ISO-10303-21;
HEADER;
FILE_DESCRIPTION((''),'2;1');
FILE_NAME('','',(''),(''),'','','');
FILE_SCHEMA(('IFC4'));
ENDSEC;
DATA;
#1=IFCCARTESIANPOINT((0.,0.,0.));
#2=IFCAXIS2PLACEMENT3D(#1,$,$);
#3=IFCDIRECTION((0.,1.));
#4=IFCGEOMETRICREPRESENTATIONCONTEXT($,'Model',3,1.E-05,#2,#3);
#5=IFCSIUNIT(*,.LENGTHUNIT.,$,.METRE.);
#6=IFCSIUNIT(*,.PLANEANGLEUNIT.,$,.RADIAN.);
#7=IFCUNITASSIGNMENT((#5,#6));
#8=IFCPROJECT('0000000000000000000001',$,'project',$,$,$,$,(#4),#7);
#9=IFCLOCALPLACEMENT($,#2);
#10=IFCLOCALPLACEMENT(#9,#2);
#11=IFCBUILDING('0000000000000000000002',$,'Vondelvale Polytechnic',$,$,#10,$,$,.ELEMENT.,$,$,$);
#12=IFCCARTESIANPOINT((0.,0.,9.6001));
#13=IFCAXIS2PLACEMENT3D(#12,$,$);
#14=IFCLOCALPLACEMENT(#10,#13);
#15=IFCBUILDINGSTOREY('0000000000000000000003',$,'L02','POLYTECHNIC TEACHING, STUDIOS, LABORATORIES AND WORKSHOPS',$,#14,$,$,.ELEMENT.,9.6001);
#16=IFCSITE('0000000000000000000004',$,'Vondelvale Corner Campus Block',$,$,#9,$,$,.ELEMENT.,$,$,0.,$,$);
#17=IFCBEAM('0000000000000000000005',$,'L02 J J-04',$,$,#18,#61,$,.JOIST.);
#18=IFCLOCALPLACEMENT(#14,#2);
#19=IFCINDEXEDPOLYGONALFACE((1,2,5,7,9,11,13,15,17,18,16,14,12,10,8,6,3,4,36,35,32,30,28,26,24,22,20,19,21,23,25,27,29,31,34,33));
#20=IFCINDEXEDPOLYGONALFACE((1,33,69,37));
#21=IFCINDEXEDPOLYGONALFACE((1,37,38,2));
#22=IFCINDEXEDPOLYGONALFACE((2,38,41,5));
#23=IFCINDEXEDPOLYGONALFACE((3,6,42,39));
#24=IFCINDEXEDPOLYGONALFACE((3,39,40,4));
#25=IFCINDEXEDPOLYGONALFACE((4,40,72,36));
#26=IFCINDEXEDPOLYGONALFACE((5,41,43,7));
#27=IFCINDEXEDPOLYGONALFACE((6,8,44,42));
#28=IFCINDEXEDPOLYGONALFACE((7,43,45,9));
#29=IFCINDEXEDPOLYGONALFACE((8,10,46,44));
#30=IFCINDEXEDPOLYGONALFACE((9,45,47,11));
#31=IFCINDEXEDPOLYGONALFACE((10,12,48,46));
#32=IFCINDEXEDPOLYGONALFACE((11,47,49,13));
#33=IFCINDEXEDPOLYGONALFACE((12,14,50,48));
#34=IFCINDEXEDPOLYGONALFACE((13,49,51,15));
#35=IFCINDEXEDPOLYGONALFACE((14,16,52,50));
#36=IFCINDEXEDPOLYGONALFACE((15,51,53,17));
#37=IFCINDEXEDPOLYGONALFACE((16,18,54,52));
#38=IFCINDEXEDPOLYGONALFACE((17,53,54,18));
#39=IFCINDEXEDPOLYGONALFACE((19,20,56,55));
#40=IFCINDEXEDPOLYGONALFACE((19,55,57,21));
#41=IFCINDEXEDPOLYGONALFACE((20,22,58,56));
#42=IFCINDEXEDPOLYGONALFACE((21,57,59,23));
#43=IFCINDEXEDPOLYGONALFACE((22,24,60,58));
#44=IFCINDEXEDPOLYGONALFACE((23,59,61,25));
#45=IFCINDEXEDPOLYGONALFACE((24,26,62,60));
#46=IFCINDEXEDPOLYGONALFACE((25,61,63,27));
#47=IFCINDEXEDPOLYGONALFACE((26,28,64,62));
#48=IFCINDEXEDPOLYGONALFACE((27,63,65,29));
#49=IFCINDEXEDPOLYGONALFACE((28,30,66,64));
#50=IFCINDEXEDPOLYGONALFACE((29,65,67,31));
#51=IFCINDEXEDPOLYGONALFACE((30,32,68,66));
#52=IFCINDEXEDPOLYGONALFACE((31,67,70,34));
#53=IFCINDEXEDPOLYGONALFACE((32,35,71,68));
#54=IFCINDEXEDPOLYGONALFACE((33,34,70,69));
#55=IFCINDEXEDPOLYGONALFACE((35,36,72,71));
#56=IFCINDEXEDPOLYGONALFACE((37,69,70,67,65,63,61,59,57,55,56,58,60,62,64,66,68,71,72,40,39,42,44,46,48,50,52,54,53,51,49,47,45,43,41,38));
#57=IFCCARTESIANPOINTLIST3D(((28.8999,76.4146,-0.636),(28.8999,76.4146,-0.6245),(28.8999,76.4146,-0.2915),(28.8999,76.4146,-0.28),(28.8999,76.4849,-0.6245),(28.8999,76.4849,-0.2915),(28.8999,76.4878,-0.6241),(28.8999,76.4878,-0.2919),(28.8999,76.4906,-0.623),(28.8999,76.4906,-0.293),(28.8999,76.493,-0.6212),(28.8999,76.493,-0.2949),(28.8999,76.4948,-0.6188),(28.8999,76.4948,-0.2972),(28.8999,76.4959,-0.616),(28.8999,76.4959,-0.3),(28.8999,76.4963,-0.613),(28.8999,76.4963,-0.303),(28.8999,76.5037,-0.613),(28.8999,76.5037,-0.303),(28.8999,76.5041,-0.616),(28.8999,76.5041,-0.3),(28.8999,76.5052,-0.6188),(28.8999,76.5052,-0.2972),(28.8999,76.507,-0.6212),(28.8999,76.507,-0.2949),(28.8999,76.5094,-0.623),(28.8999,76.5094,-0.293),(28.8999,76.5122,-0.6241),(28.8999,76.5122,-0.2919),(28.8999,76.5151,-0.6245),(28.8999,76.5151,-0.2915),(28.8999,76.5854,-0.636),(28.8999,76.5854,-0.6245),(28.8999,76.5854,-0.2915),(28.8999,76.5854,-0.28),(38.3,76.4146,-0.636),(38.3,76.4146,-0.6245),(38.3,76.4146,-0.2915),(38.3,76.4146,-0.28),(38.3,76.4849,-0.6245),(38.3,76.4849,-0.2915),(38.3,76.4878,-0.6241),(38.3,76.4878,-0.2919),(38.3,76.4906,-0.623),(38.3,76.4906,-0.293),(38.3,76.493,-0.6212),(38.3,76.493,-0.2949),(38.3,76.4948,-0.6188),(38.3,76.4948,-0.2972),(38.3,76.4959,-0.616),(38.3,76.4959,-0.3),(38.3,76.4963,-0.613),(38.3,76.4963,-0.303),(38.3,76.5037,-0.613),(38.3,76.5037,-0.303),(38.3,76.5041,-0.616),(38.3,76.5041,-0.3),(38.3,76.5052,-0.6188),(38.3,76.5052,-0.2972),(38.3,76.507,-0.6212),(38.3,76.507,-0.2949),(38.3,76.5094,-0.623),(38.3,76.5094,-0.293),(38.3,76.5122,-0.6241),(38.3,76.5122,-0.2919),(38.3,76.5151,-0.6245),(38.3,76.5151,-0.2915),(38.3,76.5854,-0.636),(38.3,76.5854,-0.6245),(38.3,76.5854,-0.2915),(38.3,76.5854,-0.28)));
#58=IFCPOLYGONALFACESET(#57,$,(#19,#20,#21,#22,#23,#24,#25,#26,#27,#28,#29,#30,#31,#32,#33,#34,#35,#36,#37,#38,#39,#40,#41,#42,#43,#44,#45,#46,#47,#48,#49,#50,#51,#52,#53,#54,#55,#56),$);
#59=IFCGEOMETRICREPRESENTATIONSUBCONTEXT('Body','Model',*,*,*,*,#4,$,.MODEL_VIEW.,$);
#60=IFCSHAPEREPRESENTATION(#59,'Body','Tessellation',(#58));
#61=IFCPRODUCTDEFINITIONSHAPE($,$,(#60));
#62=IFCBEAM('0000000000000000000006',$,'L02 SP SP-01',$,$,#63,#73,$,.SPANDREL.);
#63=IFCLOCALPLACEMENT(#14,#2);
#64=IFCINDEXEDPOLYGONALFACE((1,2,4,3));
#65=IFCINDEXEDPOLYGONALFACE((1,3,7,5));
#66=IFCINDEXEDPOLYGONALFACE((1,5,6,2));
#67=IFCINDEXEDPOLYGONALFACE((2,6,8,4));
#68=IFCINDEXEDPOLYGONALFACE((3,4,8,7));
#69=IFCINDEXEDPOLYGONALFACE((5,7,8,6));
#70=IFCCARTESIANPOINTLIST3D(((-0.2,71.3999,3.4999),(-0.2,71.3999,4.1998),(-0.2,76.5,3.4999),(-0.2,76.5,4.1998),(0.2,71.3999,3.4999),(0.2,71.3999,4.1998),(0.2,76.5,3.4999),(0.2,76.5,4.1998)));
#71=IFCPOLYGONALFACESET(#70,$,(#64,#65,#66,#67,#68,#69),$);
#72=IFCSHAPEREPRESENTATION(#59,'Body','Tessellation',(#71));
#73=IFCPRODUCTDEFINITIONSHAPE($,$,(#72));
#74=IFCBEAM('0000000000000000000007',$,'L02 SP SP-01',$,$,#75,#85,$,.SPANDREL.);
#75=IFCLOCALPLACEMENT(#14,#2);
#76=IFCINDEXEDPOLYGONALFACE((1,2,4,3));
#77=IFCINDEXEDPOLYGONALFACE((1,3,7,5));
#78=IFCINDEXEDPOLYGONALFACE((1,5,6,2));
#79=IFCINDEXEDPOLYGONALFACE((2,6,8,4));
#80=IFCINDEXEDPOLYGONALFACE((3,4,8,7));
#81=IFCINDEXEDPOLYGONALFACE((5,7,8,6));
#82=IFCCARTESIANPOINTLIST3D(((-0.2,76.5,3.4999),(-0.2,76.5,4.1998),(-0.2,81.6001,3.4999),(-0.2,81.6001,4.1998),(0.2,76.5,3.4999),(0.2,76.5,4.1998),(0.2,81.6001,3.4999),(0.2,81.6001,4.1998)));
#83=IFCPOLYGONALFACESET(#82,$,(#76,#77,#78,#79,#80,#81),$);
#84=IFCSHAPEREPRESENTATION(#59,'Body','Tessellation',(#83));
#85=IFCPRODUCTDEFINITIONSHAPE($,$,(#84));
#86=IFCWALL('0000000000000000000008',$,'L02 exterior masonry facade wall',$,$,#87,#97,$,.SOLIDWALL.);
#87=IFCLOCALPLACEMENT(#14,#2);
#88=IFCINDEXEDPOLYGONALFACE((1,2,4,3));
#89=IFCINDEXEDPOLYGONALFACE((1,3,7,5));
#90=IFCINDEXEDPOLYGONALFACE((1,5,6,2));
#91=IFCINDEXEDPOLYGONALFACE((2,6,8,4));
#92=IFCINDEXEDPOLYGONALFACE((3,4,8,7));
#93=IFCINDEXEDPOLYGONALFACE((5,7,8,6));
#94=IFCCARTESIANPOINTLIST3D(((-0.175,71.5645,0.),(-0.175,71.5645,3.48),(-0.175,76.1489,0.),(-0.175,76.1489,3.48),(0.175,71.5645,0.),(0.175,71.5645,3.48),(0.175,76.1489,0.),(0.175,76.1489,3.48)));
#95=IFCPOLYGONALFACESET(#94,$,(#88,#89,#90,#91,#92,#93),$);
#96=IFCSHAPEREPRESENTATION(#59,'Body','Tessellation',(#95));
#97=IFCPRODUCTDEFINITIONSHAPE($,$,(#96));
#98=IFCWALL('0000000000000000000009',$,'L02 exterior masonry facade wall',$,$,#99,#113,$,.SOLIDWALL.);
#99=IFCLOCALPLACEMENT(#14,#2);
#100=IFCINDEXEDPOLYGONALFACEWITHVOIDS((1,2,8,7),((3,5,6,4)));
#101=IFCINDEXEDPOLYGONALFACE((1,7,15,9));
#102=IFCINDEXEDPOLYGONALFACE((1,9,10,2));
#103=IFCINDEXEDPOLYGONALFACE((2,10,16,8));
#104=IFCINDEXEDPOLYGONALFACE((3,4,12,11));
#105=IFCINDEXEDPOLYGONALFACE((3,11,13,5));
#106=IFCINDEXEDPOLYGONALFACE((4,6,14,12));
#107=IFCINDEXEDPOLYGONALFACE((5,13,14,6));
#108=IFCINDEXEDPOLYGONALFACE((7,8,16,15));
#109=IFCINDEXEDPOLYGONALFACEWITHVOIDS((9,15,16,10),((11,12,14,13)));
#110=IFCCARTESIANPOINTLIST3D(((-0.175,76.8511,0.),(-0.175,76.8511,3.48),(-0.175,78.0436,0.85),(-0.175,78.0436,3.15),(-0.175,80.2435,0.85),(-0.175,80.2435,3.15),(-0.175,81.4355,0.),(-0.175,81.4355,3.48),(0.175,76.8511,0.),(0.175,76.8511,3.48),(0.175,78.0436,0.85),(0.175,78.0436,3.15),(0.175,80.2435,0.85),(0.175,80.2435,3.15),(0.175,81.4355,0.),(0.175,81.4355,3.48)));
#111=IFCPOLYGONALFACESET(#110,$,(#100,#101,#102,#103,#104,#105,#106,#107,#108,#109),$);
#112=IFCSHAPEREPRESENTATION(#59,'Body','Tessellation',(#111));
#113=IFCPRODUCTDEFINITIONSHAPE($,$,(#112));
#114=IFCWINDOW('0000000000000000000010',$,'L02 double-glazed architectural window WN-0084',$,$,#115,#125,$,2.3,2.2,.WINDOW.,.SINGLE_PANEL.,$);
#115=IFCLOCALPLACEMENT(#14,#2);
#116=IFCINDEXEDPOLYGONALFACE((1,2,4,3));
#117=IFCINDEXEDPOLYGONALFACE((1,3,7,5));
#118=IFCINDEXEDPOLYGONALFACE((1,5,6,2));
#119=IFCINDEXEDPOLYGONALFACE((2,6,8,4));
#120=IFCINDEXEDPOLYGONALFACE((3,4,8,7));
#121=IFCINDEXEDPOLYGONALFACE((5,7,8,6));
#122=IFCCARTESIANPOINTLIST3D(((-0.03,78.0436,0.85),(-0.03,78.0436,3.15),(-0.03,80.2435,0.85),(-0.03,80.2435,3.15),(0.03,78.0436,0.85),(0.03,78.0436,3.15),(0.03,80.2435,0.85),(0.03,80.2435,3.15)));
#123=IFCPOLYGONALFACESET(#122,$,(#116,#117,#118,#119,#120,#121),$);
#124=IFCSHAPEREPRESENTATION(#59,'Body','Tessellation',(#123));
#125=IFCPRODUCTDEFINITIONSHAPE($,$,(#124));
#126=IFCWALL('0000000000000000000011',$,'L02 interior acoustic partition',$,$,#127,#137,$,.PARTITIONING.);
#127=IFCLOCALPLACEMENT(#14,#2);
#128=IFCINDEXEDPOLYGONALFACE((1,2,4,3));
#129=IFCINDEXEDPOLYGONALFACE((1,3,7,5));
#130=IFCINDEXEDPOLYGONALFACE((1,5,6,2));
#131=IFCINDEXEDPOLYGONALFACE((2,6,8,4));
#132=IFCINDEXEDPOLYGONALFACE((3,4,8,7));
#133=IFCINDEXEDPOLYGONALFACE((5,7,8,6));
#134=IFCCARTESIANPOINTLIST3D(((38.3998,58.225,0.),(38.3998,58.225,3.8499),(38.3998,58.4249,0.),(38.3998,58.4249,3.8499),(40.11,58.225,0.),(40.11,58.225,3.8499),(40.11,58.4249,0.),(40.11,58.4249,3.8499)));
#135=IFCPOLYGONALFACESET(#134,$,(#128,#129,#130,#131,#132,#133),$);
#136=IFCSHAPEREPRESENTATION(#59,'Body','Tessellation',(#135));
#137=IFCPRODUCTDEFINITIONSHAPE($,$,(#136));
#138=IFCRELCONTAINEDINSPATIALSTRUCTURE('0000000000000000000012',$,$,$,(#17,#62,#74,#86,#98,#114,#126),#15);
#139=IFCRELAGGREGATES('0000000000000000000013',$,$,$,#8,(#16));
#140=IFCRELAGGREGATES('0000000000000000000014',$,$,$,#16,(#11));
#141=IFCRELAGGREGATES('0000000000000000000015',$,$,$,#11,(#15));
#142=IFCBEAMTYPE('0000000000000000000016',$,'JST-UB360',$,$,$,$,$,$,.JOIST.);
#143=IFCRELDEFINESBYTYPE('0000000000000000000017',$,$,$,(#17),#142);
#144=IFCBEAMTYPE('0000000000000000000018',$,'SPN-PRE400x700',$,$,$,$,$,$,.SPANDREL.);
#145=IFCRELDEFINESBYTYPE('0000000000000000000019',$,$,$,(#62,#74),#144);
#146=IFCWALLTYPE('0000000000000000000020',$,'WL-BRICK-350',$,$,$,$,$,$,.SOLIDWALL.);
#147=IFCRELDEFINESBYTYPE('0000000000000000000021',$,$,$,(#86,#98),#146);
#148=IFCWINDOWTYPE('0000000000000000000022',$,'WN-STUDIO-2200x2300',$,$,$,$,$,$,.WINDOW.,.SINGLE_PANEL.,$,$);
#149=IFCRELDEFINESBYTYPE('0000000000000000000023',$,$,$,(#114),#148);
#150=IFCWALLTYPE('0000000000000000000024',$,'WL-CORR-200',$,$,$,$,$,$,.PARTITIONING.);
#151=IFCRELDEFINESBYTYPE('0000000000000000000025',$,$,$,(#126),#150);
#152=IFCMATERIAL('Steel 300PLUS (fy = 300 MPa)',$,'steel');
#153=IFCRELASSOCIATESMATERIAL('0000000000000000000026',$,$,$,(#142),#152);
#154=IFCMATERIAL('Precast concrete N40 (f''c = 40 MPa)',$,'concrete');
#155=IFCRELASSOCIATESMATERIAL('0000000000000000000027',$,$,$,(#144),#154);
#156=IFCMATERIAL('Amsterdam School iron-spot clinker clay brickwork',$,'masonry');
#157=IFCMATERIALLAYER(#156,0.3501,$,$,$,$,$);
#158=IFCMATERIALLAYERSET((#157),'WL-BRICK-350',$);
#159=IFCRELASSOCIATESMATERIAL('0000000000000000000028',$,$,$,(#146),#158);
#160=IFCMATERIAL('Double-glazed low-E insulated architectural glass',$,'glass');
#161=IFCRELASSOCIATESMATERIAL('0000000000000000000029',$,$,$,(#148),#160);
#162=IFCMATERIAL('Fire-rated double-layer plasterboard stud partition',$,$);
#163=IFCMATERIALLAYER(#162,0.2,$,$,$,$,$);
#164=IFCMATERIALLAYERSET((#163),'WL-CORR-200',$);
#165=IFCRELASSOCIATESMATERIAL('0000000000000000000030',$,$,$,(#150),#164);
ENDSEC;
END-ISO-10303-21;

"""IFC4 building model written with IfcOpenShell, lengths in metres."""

from ifc_helpers import new_model, si_unit, direction, frame, frame_2d, origin, origin_2d, place, context, subcontext, project, spatial, rectangle, i_section, extrude, material, layer, layer_set, material_profile, profile_set, type_object, element, fill, save


model = new_model("IFC4")

# Units and contexts
model_context = context("Model", 3, precision=1e-05, world=origin(), true_north=direction((0.0, 1.0)))
body_context = subcontext(model_context, "Body", "Model", "MODEL_VIEW")
ifc_project = project(units=[si_unit("LENGTHUNIT", "METRE"), si_unit("PLANEANGLEUNIT", "RADIAN")], contexts=[model_context])

# Site, building, storey
site_placement = place(None, origin())
site = spatial("IfcSite", under=ifc_project, at=site_placement, Name="Vondelvale Corner Campus Block", CompositionType="ELEMENT", RefElevation=0.0)
building_placement = place(site_placement, origin())
building = spatial("IfcBuilding", under=site, at=building_placement, Name="Vondelvale Polytechnic", CompositionType="ELEMENT")
storey_placement = place(building_placement, frame((0.0, 0.0, 9.6001)))
storey = spatial("IfcBuildingStorey", under=building, at=storey_placement, Name="L02", Description="POLYTECHNIC TEACHING, STUDIOS, LABORATORIES AND WORKSHOPS", CompositionType="ELEMENT", Elevation=9.6001)

# Shared definitions
ifc_material_1 = material(Name="Steel 300PLUS (fy = 300 MPa)", Category="steel")

# Beams
ifc_material_profile_1 = material_profile(ifc_material_1, i_section(OverallWidth=0.1709, OverallDepth=0.356, WebThickness=0.0073, FlangeThickness=0.0115, FilletRadius=0.0115, at=origin_2d()), Name="360UB50.7")
ifc_profile_set_1 = profile_set([ifc_material_profile_1], Name="Steel 300PLUS (fy = 300 MPa)")
beam_type_1 = type_object("IfcBeamType", Name="JST-UB360", PredefinedType="JOIST", material=ifc_profile_set_1)
for number, where, z_axis, x_axis, name in (
    (1, (28.8999, 76.5, -0.458), (1.0, 0.0, 0.0), (0.0, 1.0, 0.0), "L02 J J-04"),
):
    element("IfcBeam", number, at=place(storey_placement, frame(where, z_axis=z_axis, x_axis=x_axis)), inside=storey, type_object=beam_type_1, Name=name, PredefinedType="JOIST", context=body_context, shape_type="SweptSolid", body=[
        extrude(i_section(OverallWidth=0.1709, OverallDepth=0.356, WebThickness=0.0073, FlangeThickness=0.0115, FilletRadius=0.0115, at=origin_2d()), origin(), (0.0, 0.0, 1.0), 9.4001),
    ])
ifc_material_2 = material(Name="Precast concrete N40 (f'c = 40 MPa)", Category="concrete")
ifc_material_profile_2 = material_profile(ifc_material_2, rectangle(XDim=0.3999, YDim=0.7, at=origin_2d()), Name="RC-SPN-400x700")
ifc_profile_set_2 = profile_set([ifc_material_profile_2], Name="Precast concrete N40 (f'c = 40 MPa)")
beam_type_2 = type_object("IfcBeamType", Name="SPN-PRE400x700", PredefinedType="SPANDREL", material=ifc_profile_set_2)
for number, where, z_axis, x_axis, name in (
    (2, (0.0, 71.3999, 3.8499), (0.0, 1.0, 0.0), (-1.0, 0.0, 0.0), "L02 SP SP-01"),
    (3, (0.0, 76.5, 3.8499), (0.0, 1.0, 0.0), (-1.0, 0.0, 0.0), "L02 SP SP-01"),
):
    element("IfcBeam", number, at=place(storey_placement, frame(where, z_axis=z_axis, x_axis=x_axis)), inside=storey, type_object=beam_type_2, Name=name, PredefinedType="SPANDREL", context=body_context, shape_type="SweptSolid", body=[
        extrude(rectangle(XDim=0.3999, YDim=0.7, at=origin_2d()), origin(), (0.0, 0.0, 1.0), 5.1001),
    ])

# Wall
ifc_material_3 = material(Name="Amsterdam School iron-spot clinker clay brickwork", Category="masonry")
ifc_layer_1 = layer(ifc_material_3, 0.3501)
ifc_layer_set_1 = layer_set([ifc_layer_1], Name="WL-BRICK-350")
wall_type_1 = type_object("IfcWallType", Name="WL-BRICK-350", PredefinedType="SOLIDWALL", material=ifc_layer_set_1)
wall_1_placement = place(storey_placement, frame((0.0, 71.5645, 0.0), z_axis=(0.0, 0.0, 1.0), x_axis=(0.0, 1.0, 0.0)))
element("IfcWall", 4, at=wall_1_placement, inside=storey, type_object=wall_type_1, Name="L02 exterior masonry facade wall", PredefinedType="SOLIDWALL", context=body_context, shape_type="SweptSolid", body=[
    extrude(rectangle(XDim=4.5845, YDim=0.3501, at=frame_2d((2.2922, 0.0))), origin(), (0.0, 0.0, 1.0), 3.48),
])

# Wall, opening, window
wall_2_placement = place(storey_placement, frame((0.0, 76.8511, 0.0), z_axis=(0.0, 0.0, 1.0), x_axis=(0.0, 1.0, 0.0)))
wall_2 = element("IfcWall", 5, at=wall_2_placement, inside=storey, type_object=wall_type_1, Name="L02 exterior masonry facade wall", PredefinedType="SOLIDWALL", context=body_context, shape_type="SweptSolid", body=[
    extrude(rectangle(XDim=4.5845, YDim=0.3501, at=frame_2d((2.2922, 0.0))), origin(), (0.0, 0.0, 1.0), 3.48),
])
opening_1_placement = place(wall_2_placement, frame((1.1924, 0.0, 0.8501)))
opening_1 = element("IfcOpeningElement", 6, at=opening_1_placement, cuts=wall_2, PredefinedType="OPENING", context=body_context, shape_type="SweptSolid", body=[
    extrude(rectangle(XDim=2.2, YDim=2.3, at=frame_2d((1.1001, 1.1499))), frame((0.0, 0.1851, 0.0), z_axis=(0.0, -1.0, 0.0), x_axis=(1.0, 0.0, 0.0)), (0.0, 0.0, 1.0), 0.3701),
])
ifc_material_4 = material(Name="Double-glazed low-E insulated architectural glass", Category="glass")
window_type = type_object("IfcWindowType", Name="WN-STUDIO-2200x2300", PartitioningType="SINGLE_PANEL", PredefinedType="WINDOW", material=ifc_material_4)
window_placement = place(opening_1_placement, origin())
window = element("IfcWindow", 7, at=window_placement, inside=storey, type_object=window_type, Name="L02 double-glazed architectural window WN-0084", OverallHeight=2.3, OverallWidth=2.2, PartitioningType="SINGLE_PANEL", PredefinedType="WINDOW", context=body_context, shape_type="SweptSolid", body=[
    extrude(rectangle(XDim=2.2, YDim=2.3, at=frame_2d((1.1001, 1.1499))), frame((0.0, 0.03, 0.0), z_axis=(0.0, -1.0, 0.0), x_axis=(1.0, 0.0, 0.0)), (0.0, 0.0, 1.0), 0.0601),
])
fill(opening_1, window)

# Wall
ifc_material_5 = material(Name="Fire-rated double-layer plasterboard stud partition")
ifc_layer_2 = layer(ifc_material_5, 0.2)
ifc_layer_set_2 = layer_set([ifc_layer_2], Name="WL-CORR-200")
wall_type_2 = type_object("IfcWallType", Name="WL-CORR-200", PredefinedType="PARTITIONING", material=ifc_layer_set_2)
wall_3_placement = place(storey_placement, frame((38.3999, 58.325, 0.0), z_axis=(0.0, 0.0, 1.0), x_axis=(1.0, 0.0, 0.0)))
element("IfcWall", 8, at=wall_3_placement, inside=storey, type_object=wall_type_2, Name="L02 interior acoustic partition", PredefinedType="PARTITIONING", context=body_context, shape_type="SweptSolid", body=[
    extrude(rectangle(XDim=1.7102, YDim=0.2, at=frame_2d((0.855, 0.0))), origin(), (0.0, 0.0, 1.0), 3.8499),
])

save(model, "model.ifc")
